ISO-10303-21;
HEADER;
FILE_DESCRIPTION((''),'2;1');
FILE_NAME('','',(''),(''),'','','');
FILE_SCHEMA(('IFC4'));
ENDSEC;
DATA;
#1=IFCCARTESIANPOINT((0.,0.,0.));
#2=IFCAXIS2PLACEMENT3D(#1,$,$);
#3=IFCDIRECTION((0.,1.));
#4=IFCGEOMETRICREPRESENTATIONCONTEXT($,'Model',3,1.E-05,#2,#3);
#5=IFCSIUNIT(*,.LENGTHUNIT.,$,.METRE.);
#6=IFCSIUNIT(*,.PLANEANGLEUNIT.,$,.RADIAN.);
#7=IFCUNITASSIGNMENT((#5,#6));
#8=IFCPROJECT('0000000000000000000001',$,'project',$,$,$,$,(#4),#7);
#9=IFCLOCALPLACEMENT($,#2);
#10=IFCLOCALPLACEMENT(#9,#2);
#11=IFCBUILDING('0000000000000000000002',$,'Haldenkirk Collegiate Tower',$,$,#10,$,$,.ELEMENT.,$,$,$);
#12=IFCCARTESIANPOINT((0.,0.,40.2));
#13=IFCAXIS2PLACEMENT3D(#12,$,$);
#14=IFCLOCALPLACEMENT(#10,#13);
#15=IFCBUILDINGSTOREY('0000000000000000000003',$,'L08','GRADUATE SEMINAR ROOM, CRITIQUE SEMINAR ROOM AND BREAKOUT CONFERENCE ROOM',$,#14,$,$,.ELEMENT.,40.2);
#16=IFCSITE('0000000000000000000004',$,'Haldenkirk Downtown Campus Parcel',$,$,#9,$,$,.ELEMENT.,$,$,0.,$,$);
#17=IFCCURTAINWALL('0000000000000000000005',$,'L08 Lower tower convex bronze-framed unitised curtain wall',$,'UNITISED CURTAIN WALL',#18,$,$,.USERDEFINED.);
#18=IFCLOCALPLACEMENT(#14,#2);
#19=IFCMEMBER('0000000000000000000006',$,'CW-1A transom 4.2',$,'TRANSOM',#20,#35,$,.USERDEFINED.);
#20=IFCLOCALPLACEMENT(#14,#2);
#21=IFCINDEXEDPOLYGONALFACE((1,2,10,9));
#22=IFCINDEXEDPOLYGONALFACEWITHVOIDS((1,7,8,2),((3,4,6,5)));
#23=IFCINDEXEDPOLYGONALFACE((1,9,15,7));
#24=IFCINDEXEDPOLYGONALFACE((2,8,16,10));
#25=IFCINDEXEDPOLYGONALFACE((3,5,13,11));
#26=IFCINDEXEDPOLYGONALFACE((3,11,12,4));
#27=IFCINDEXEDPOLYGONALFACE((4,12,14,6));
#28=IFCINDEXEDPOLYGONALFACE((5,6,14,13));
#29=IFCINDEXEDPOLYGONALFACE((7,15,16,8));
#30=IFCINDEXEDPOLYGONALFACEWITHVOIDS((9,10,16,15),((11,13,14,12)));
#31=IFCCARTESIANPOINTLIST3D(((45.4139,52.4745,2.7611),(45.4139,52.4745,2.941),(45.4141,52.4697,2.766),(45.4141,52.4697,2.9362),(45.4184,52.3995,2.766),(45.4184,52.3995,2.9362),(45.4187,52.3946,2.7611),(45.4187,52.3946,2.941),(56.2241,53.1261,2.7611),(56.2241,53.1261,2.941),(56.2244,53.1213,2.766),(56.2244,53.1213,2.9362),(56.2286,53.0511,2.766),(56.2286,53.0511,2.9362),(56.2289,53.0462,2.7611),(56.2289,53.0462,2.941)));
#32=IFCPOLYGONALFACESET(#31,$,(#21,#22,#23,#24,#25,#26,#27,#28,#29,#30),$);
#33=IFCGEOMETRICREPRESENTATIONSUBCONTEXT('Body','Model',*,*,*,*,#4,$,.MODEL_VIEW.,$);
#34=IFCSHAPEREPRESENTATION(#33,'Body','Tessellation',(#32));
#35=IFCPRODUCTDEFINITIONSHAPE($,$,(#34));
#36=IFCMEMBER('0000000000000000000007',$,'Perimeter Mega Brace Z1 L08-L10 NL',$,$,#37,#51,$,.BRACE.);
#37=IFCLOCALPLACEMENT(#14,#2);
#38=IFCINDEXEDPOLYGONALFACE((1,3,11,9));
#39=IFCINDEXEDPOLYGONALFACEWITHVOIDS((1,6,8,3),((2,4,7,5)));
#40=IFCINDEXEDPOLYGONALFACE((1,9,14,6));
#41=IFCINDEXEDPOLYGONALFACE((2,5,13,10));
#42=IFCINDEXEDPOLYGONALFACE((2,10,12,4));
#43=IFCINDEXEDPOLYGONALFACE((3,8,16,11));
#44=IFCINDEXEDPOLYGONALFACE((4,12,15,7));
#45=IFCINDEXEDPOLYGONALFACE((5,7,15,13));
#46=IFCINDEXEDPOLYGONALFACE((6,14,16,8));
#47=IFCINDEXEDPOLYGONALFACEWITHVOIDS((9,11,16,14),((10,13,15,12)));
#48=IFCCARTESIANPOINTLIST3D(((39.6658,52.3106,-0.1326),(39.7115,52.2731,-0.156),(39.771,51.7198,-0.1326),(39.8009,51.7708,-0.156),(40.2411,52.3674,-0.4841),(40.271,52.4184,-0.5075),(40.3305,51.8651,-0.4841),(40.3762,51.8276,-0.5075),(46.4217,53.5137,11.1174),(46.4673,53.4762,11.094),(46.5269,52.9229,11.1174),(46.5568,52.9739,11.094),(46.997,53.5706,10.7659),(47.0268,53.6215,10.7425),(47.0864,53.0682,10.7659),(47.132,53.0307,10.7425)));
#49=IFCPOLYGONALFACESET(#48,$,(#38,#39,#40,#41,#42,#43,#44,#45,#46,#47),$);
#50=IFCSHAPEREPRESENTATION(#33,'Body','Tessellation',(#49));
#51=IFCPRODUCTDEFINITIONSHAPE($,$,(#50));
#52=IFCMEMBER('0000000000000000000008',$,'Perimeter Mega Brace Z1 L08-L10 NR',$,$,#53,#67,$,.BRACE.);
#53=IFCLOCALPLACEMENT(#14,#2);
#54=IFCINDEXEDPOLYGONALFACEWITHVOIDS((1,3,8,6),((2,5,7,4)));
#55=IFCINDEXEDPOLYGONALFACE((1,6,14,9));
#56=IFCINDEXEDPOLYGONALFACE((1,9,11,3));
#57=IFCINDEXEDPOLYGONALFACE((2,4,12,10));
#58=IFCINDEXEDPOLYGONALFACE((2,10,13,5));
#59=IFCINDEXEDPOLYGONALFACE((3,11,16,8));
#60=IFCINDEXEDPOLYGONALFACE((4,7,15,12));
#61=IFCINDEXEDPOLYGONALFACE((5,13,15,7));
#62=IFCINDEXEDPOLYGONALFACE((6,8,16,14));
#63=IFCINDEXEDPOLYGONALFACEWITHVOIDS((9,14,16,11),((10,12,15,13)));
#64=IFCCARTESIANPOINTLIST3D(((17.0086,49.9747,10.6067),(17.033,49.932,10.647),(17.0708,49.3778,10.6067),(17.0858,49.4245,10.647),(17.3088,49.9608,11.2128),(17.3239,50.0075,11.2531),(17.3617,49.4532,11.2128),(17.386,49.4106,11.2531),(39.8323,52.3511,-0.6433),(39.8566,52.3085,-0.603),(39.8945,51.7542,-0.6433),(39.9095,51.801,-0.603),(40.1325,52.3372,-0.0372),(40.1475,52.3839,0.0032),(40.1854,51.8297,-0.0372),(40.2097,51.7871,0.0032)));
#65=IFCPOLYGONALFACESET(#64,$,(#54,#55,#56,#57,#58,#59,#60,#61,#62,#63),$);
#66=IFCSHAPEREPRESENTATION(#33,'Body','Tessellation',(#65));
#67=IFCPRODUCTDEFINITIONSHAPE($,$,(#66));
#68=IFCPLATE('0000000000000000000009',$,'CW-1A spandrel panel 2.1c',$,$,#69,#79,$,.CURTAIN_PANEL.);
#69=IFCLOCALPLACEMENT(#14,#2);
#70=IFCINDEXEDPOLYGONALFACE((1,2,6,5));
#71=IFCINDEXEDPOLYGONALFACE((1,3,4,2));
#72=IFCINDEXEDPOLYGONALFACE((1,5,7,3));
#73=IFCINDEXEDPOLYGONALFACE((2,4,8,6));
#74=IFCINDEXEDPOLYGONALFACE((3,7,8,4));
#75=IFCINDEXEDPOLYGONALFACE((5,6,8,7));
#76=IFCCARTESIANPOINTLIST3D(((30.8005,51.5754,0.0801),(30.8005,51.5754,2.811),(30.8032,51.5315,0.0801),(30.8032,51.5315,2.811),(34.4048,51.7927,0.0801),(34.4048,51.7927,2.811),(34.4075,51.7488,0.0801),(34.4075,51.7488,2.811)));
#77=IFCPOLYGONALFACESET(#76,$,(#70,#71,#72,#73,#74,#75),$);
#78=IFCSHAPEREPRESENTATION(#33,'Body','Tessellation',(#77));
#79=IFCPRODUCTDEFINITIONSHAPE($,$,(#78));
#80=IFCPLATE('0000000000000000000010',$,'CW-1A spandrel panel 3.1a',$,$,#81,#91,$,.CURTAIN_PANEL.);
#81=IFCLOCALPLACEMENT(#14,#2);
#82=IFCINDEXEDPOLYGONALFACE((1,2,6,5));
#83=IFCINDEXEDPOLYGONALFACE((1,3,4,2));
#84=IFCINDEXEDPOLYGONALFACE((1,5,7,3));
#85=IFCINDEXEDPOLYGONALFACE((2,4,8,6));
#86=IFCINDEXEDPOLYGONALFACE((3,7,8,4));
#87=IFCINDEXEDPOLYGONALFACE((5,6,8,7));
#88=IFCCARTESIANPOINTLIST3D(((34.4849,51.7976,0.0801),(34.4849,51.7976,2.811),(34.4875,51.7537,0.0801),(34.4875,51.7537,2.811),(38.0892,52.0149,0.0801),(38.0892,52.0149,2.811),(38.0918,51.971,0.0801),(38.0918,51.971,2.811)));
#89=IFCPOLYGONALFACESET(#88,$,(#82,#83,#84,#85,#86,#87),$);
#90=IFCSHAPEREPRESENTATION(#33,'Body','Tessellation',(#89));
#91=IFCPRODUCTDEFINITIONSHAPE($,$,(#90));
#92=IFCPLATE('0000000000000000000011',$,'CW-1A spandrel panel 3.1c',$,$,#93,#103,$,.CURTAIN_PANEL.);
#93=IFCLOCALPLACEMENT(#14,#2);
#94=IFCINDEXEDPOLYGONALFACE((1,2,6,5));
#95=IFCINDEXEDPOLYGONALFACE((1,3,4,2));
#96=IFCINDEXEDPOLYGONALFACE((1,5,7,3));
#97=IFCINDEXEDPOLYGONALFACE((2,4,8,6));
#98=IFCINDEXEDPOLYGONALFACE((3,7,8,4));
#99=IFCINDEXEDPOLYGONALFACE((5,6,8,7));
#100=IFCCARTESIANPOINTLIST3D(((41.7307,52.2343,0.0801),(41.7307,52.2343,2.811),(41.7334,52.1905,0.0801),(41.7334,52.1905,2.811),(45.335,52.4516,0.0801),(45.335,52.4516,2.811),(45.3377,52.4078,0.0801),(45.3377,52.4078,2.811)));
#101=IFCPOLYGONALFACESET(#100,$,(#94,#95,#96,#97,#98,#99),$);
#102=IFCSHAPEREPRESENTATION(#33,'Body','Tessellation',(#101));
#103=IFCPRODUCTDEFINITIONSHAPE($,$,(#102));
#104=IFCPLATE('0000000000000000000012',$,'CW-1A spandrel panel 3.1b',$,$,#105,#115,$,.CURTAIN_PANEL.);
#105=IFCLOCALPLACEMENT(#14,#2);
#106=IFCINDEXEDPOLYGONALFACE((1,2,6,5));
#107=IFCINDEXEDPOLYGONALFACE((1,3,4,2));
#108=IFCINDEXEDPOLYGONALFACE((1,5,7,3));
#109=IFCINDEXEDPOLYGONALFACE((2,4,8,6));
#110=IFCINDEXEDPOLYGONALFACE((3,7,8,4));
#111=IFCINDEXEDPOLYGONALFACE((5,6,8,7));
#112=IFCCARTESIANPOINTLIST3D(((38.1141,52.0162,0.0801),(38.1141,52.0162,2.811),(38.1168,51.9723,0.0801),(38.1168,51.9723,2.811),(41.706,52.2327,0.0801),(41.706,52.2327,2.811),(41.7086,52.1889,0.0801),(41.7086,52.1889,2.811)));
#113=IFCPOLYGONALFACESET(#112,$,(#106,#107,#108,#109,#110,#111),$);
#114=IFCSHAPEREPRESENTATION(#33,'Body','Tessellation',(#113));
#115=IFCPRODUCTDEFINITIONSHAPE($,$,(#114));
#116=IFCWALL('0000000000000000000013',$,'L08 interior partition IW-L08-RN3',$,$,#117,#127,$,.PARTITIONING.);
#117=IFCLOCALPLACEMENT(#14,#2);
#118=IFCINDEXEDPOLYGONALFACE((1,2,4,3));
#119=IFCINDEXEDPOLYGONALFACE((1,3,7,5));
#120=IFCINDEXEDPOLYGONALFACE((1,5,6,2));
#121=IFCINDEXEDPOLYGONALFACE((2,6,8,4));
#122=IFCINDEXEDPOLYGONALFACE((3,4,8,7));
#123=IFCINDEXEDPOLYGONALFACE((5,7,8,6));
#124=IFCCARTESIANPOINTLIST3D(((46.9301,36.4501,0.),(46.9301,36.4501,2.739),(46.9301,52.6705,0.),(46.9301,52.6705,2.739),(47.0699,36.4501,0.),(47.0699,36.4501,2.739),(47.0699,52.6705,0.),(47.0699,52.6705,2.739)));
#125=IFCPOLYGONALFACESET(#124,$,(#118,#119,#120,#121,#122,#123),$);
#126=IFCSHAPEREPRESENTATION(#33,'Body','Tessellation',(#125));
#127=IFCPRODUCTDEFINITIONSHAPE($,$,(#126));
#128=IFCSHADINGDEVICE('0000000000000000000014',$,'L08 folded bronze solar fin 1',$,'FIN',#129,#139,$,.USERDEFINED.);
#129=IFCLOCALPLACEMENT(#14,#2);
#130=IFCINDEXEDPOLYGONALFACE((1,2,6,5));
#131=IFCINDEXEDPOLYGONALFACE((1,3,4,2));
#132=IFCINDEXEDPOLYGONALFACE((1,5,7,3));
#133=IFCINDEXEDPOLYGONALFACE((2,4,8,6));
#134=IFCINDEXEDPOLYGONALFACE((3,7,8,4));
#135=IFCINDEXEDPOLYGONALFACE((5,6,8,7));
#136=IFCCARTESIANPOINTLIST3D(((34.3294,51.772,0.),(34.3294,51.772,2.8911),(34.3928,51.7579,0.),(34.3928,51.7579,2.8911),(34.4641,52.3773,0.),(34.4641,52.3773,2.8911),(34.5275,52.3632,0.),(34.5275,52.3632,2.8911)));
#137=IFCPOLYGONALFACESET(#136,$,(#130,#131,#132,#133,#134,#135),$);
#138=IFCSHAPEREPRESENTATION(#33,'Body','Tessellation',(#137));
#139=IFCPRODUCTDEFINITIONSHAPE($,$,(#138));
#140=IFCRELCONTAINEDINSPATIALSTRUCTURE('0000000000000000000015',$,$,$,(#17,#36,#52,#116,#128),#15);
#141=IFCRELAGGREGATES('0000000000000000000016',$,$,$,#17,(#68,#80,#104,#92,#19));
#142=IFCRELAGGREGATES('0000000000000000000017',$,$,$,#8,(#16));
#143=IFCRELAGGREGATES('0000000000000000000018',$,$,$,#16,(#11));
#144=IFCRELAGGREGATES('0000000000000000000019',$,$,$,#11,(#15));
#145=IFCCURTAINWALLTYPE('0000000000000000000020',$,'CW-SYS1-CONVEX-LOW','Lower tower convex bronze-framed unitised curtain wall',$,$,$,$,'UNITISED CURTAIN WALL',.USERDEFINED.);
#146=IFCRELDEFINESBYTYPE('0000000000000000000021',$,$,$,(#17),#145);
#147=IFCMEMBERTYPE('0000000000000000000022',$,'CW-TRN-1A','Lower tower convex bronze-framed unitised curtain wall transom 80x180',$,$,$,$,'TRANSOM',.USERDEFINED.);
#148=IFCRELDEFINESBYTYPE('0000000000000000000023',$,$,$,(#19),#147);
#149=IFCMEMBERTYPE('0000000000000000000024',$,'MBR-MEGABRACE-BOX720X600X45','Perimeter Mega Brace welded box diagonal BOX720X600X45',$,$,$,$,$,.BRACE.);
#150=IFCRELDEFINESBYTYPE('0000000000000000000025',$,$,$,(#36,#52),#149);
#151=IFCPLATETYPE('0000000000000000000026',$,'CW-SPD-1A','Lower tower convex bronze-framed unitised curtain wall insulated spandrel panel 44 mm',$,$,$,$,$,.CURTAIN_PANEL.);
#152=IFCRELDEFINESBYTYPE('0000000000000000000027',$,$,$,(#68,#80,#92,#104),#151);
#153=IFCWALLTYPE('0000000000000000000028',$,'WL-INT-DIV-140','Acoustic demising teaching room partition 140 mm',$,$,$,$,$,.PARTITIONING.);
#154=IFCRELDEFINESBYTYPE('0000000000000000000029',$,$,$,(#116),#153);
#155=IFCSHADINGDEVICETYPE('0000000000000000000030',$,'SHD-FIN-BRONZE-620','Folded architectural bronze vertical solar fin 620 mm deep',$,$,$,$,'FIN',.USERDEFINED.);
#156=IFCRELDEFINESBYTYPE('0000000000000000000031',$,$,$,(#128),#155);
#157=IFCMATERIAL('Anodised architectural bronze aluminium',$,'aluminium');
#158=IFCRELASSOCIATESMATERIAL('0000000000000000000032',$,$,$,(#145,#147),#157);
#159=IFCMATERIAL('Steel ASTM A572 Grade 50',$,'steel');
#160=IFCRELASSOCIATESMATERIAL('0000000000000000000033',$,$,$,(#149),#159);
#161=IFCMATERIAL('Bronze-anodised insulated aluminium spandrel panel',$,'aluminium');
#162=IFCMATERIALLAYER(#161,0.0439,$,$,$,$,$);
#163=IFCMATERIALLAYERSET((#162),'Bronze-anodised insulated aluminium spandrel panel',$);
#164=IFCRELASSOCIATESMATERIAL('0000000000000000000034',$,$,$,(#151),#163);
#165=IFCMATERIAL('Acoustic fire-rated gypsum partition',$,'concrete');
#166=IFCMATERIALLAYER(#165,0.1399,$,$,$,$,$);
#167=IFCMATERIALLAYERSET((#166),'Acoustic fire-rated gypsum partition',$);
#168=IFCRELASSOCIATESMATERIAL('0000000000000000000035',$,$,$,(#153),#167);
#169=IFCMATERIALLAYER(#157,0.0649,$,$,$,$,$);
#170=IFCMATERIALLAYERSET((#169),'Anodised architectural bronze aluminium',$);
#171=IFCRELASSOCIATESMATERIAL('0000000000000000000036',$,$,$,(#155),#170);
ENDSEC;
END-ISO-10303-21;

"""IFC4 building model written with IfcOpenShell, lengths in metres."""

from ifc_helpers import new_model, si_unit, direction, frame, frame_2d, origin, origin_2d, place, context, subcontext, project, spatial, rectangle, hollow_rectangle, extrude, source, transform, mapped, material, layer, layer_set, material_profile, profile_set, type_object, element, aggregate, save


model = new_model("IFC4")

# Units and contexts
model_context = context("Model", 3, precision=1e-05, world=origin(), true_north=direction((0.0, 1.0)))
body_context = subcontext(model_context, "Body", "Model", "MODEL_VIEW")
ifc_project = project(units=[si_unit("LENGTHUNIT", "METRE"), si_unit("PLANEANGLEUNIT", "RADIAN")], contexts=[model_context])

# Site, building, storey
site_placement = place(None, origin())
site = spatial("IfcSite", under=ifc_project, at=site_placement, Name="Haldenkirk Downtown Campus Parcel", CompositionType="ELEMENT", RefElevation=0.0)
building_placement = place(site_placement, origin())
building = spatial("IfcBuilding", under=site, at=building_placement, Name="Haldenkirk Collegiate Tower", CompositionType="ELEMENT")
storey_placement = place(building_placement, frame((0.0, 0.0, 40.2)))
storey = spatial("IfcBuildingStorey", under=building, at=storey_placement, Name="L08", Description="GRADUATE SEMINAR ROOM, CRITIQUE SEMINAR ROOM AND BREAKOUT CONFERENCE ROOM", CompositionType="ELEMENT", Elevation=40.2)

# Curtain wall, member
ifc_material_1 = material(Name="Anodised architectural bronze aluminium", Category="aluminium")
curtain_wall_type = type_object("IfcCurtainWallType", Name="CW-SYS1-CONVEX-LOW", Description="Lower tower convex bronze-framed unitised curtain wall", ElementType="UNITISED CURTAIN WALL", PredefinedType="USERDEFINED", material=ifc_material_1)
curtain_wall_placement = place(storey_placement, origin())
curtain_wall = element("IfcCurtainWall", 1, at=curtain_wall_placement, inside=storey, type_object=curtain_wall_type, Name="L08 Lower tower convex bronze-framed unitised curtain wall", ObjectType="UNITISED CURTAIN WALL", PredefinedType="USERDEFINED")
ifc_material_profile_1 = material_profile(ifc_material_1, hollow_rectangle(XDim=0.0801, YDim=0.1799, WallThickness=0.0049, at=origin_2d()), Name="CW-TRN-1A")
ifc_profile_set_1 = profile_set([ifc_material_profile_1], Name="Anodised architectural bronze aluminium")
member_type_1 = type_object("IfcMemberType", Name="CW-TRN-1A", Description="Lower tower convex bronze-framed unitised curtain wall transom 80x180", ElementType="TRANSOM", PredefinedType="USERDEFINED", material=ifc_profile_set_1)
member_1_placement = place(storey_placement, frame((45.4163, 52.4346, 2.8511), z_axis=(0.998188, 0.060168, 0.0), x_axis=(-0.060168, 0.998188, 0.0)))
member_1 = element("IfcMember", 2, at=member_1_placement, type_object=member_type_1, Name="CW-1A transom 4.2", ObjectType="TRANSOM", PredefinedType="USERDEFINED", context=body_context, shape_type="SweptSolid", body=[
    extrude(hollow_rectangle(XDim=0.0801, YDim=0.1799, WallThickness=0.0049, at=origin_2d()), origin(), (0.0, 0.0, 1.0), 10.8298),
])

# Members
ifc_material_2 = material(Name="Steel ASTM A572 Grade 50", Category="steel")
ifc_material_profile_2 = material_profile(ifc_material_2, hollow_rectangle(XDim=0.6001, YDim=0.72, WallThickness=0.0449, at=origin_2d()), Name="BOX720X600X45")
ifc_profile_set_2 = profile_set([ifc_material_profile_2], Name="Steel ASTM A572 Grade 50")
member_type_2 = type_object("IfcMemberType", Name="MBR-MEGABRACE-BOX720X600X45", Description="Perimeter Mega Brace welded box diagonal BOX720X600X45", PredefinedType="BRACE", material=ifc_profile_set_2)
member_2_placement = place(storey_placement, frame((40.021, 52.0691, -0.3201), z_axis=(0.512674, 0.0913, 0.853715), x_axis=(-0.175328, 0.98451, 0.0)))
element("IfcMember", 3, at=member_2_placement, inside=storey, type_object=member_type_2, Name="Perimeter Mega Brace Z1 L08-L10 NL", PredefinedType="BRACE", context=body_context, shape_type="SweptSolid", body=[
    extrude(hollow_rectangle(XDim=0.6001, YDim=0.72, WallThickness=0.0449, at=origin_2d()), origin(), (0.0, 0.0, 1.0), 13.1777),
])
member_3_placement = place(storey_placement, frame((40.021, 52.0691, -0.3201), z_axis=(-0.893071, -0.092989, 0.440202), x_axis=(0.103563, -0.994623, 0.0)))
element("IfcMember", 4, at=member_3_placement, inside=storey, type_object=member_type_2, Name="Perimeter Mega Brace Z1 L08-L10 NR", PredefinedType="BRACE", context=body_context, shape_type="SweptSolid", body=[
    extrude(hollow_rectangle(XDim=0.6001, YDim=0.72, WallThickness=0.0449, at=origin_2d()), origin(), (0.0, 0.0, 1.0), 25.5564),
])

# Plates
ifc_material_3 = material(Name="Bronze-anodised insulated aluminium spandrel panel", Category="aluminium")
ifc_layer_1 = layer(ifc_material_3, 0.0439)
ifc_layer_set_1 = layer_set([ifc_layer_1], Name="Bronze-anodised insulated aluminium spandrel panel")
plate_type = type_object("IfcPlateType", Name="CW-SPD-1A", Description="Lower tower convex bronze-framed unitised curtain wall insulated spandrel panel 44 mm", PredefinedType="CURTAIN_PANEL", material=ifc_layer_set_1)
shared_shape_1 = source(origin(), body_context, "Body", "SweptSolid", [
    extrude(rectangle(XDim=3.6108, YDim=0.0439, at=origin_2d()), origin(), (0.0, 0.0, 1.0), 2.731),
])
plate_1_placement = place(storey_placement, frame((32.604, 51.6621, 0.0801), z_axis=(0.0, 0.0, 1.0), x_axis=(0.998188, 0.060176, 0.0)))
plate_1 = element("IfcPlate", 5, at=plate_1_placement, type_object=plate_type, Name="CW-1A spandrel panel 2.1c", PredefinedType="CURTAIN_PANEL", context=body_context, shape_type="MappedRepresentation", body=[
    mapped(shared_shape_1, transform((0.0, 0.0, 0.0), x_axis=(1.0, 0.0, 0.0), y_axis=(0.0, 1.0, 0.0), z_axis=(0.0, 0.0, 1.0), scale=1.0)),
])
plate_2_placement = place(storey_placement, frame((36.2883, 51.8843, 0.0801), z_axis=(0.0, 0.0, 1.0), x_axis=(0.998188, 0.060176, 0.0)))
plate_2 = element("IfcPlate", 6, at=plate_2_placement, type_object=plate_type, Name="CW-1A spandrel panel 3.1a", PredefinedType="CURTAIN_PANEL", context=body_context, shape_type="MappedRepresentation", body=[
    mapped(shared_shape_1, transform((0.0, 0.0, 0.0), x_axis=(1.0, 0.0, 0.0), y_axis=(0.0, 1.0, 0.0), z_axis=(0.0, 0.0, 1.0), scale=1.0)),
])
plate_3_placement = place(storey_placement, frame((43.5342, 52.321, 0.0801), z_axis=(0.0, 0.0, 1.0), x_axis=(0.998188, 0.060176, 0.0)))
plate_3 = element("IfcPlate", 7, at=plate_3_placement, type_object=plate_type, Name="CW-1A spandrel panel 3.1c", PredefinedType="CURTAIN_PANEL", context=body_context, shape_type="MappedRepresentation", body=[
    mapped(shared_shape_1, transform((0.0, 0.0, 0.0), x_axis=(1.0, 0.0, 0.0), y_axis=(0.0, 1.0, 0.0), z_axis=(0.0, 0.0, 1.0), scale=1.0)),
])
shared_shape_2 = source(origin(), body_context, "Body", "SweptSolid", [
    extrude(rectangle(XDim=3.5984, YDim=0.0439, at=origin_2d()), origin(), (0.0, 0.0, 1.0), 2.731),
])
plate_4_placement = place(storey_placement, frame((39.9114, 52.1025, 0.0801), z_axis=(0.0, 0.0, 1.0), x_axis=(0.998188, 0.060176, 0.0)))
plate_4 = element("IfcPlate", 8, at=plate_4_placement, type_object=plate_type, Name="CW-1A spandrel panel 3.1b", PredefinedType="CURTAIN_PANEL", context=body_context, shape_type="MappedRepresentation", body=[
    mapped(shared_shape_2, transform((0.0, 0.0, 0.0), x_axis=(1.0, 0.0, 0.0), y_axis=(0.0, 1.0, 0.0), z_axis=(0.0, 0.0, 1.0), scale=1.0)),
])
aggregate(curtain_wall, [plate_1, plate_2, plate_4, plate_3, member_1])

# Wall
ifc_material_4 = material(Name="Acoustic fire-rated gypsum partition", Category="concrete")
ifc_layer_2 = layer(ifc_material_4, 0.1399)
ifc_layer_set_2 = layer_set([ifc_layer_2], Name="Acoustic fire-rated gypsum partition")
wall_type = type_object("IfcWallType", Name="WL-INT-DIV-140", Description="Acoustic demising teaching room partition 140 mm", PredefinedType="PARTITIONING", material=ifc_layer_set_2)
wall_placement = place(storey_placement, frame((47.0, 36.45, 0.0), z_axis=(0.0, 0.0, 1.0), x_axis=(0.0, 1.0, 0.0)))
element("IfcWall", 9, at=wall_placement, inside=storey, type_object=wall_type, Name="L08 interior partition IW-L08-RN3", PredefinedType="PARTITIONING", context=body_context, shape_type="SweptSolid", body=[
    extrude(rectangle(XDim=16.2205, YDim=0.1399, at=frame_2d((8.1104, 0.0))), origin(), (0.0, 0.0, 1.0), 2.739),
])

# Shading device
ifc_layer_3 = layer(ifc_material_1, 0.0649)
ifc_layer_set_3 = layer_set([ifc_layer_3], Name="Anodised architectural bronze aluminium")
shading_device_type = type_object("IfcShadingDeviceType", Name="SHD-FIN-BRONZE-620", Description="Folded architectural bronze vertical solar fin 620 mm deep", ElementType="FIN", PredefinedType="USERDEFINED", material=ifc_layer_set_3)
shared_shape_3 = source(origin(), body_context, "Body", "SweptSolid", [
    extrude(rectangle(XDim=0.6201, YDim=0.0649, at=origin_2d()), origin(), (0.0, 0.0, 1.0), 2.8911),
])
shading_device_placement = place(storey_placement, frame((34.4285, 52.0676, 0.0), z_axis=(0.0, 0.0, 1.0), x_axis=(0.217292, 0.976107, 0.0)))
element("IfcShadingDevice", 10, at=shading_device_placement, inside=storey, type_object=shading_device_type, Name="L08 folded bronze solar fin 1", ObjectType="FIN", PredefinedType="USERDEFINED", context=body_context, shape_type="MappedRepresentation", body=[
    mapped(shared_shape_3, transform((0.0, 0.0, 0.0), x_axis=(1.0, 0.0, 0.0), y_axis=(0.0, 1.0, 0.0), z_axis=(0.0, 0.0, 1.0), scale=1.0)),
])

save(model, "model.ifc")
